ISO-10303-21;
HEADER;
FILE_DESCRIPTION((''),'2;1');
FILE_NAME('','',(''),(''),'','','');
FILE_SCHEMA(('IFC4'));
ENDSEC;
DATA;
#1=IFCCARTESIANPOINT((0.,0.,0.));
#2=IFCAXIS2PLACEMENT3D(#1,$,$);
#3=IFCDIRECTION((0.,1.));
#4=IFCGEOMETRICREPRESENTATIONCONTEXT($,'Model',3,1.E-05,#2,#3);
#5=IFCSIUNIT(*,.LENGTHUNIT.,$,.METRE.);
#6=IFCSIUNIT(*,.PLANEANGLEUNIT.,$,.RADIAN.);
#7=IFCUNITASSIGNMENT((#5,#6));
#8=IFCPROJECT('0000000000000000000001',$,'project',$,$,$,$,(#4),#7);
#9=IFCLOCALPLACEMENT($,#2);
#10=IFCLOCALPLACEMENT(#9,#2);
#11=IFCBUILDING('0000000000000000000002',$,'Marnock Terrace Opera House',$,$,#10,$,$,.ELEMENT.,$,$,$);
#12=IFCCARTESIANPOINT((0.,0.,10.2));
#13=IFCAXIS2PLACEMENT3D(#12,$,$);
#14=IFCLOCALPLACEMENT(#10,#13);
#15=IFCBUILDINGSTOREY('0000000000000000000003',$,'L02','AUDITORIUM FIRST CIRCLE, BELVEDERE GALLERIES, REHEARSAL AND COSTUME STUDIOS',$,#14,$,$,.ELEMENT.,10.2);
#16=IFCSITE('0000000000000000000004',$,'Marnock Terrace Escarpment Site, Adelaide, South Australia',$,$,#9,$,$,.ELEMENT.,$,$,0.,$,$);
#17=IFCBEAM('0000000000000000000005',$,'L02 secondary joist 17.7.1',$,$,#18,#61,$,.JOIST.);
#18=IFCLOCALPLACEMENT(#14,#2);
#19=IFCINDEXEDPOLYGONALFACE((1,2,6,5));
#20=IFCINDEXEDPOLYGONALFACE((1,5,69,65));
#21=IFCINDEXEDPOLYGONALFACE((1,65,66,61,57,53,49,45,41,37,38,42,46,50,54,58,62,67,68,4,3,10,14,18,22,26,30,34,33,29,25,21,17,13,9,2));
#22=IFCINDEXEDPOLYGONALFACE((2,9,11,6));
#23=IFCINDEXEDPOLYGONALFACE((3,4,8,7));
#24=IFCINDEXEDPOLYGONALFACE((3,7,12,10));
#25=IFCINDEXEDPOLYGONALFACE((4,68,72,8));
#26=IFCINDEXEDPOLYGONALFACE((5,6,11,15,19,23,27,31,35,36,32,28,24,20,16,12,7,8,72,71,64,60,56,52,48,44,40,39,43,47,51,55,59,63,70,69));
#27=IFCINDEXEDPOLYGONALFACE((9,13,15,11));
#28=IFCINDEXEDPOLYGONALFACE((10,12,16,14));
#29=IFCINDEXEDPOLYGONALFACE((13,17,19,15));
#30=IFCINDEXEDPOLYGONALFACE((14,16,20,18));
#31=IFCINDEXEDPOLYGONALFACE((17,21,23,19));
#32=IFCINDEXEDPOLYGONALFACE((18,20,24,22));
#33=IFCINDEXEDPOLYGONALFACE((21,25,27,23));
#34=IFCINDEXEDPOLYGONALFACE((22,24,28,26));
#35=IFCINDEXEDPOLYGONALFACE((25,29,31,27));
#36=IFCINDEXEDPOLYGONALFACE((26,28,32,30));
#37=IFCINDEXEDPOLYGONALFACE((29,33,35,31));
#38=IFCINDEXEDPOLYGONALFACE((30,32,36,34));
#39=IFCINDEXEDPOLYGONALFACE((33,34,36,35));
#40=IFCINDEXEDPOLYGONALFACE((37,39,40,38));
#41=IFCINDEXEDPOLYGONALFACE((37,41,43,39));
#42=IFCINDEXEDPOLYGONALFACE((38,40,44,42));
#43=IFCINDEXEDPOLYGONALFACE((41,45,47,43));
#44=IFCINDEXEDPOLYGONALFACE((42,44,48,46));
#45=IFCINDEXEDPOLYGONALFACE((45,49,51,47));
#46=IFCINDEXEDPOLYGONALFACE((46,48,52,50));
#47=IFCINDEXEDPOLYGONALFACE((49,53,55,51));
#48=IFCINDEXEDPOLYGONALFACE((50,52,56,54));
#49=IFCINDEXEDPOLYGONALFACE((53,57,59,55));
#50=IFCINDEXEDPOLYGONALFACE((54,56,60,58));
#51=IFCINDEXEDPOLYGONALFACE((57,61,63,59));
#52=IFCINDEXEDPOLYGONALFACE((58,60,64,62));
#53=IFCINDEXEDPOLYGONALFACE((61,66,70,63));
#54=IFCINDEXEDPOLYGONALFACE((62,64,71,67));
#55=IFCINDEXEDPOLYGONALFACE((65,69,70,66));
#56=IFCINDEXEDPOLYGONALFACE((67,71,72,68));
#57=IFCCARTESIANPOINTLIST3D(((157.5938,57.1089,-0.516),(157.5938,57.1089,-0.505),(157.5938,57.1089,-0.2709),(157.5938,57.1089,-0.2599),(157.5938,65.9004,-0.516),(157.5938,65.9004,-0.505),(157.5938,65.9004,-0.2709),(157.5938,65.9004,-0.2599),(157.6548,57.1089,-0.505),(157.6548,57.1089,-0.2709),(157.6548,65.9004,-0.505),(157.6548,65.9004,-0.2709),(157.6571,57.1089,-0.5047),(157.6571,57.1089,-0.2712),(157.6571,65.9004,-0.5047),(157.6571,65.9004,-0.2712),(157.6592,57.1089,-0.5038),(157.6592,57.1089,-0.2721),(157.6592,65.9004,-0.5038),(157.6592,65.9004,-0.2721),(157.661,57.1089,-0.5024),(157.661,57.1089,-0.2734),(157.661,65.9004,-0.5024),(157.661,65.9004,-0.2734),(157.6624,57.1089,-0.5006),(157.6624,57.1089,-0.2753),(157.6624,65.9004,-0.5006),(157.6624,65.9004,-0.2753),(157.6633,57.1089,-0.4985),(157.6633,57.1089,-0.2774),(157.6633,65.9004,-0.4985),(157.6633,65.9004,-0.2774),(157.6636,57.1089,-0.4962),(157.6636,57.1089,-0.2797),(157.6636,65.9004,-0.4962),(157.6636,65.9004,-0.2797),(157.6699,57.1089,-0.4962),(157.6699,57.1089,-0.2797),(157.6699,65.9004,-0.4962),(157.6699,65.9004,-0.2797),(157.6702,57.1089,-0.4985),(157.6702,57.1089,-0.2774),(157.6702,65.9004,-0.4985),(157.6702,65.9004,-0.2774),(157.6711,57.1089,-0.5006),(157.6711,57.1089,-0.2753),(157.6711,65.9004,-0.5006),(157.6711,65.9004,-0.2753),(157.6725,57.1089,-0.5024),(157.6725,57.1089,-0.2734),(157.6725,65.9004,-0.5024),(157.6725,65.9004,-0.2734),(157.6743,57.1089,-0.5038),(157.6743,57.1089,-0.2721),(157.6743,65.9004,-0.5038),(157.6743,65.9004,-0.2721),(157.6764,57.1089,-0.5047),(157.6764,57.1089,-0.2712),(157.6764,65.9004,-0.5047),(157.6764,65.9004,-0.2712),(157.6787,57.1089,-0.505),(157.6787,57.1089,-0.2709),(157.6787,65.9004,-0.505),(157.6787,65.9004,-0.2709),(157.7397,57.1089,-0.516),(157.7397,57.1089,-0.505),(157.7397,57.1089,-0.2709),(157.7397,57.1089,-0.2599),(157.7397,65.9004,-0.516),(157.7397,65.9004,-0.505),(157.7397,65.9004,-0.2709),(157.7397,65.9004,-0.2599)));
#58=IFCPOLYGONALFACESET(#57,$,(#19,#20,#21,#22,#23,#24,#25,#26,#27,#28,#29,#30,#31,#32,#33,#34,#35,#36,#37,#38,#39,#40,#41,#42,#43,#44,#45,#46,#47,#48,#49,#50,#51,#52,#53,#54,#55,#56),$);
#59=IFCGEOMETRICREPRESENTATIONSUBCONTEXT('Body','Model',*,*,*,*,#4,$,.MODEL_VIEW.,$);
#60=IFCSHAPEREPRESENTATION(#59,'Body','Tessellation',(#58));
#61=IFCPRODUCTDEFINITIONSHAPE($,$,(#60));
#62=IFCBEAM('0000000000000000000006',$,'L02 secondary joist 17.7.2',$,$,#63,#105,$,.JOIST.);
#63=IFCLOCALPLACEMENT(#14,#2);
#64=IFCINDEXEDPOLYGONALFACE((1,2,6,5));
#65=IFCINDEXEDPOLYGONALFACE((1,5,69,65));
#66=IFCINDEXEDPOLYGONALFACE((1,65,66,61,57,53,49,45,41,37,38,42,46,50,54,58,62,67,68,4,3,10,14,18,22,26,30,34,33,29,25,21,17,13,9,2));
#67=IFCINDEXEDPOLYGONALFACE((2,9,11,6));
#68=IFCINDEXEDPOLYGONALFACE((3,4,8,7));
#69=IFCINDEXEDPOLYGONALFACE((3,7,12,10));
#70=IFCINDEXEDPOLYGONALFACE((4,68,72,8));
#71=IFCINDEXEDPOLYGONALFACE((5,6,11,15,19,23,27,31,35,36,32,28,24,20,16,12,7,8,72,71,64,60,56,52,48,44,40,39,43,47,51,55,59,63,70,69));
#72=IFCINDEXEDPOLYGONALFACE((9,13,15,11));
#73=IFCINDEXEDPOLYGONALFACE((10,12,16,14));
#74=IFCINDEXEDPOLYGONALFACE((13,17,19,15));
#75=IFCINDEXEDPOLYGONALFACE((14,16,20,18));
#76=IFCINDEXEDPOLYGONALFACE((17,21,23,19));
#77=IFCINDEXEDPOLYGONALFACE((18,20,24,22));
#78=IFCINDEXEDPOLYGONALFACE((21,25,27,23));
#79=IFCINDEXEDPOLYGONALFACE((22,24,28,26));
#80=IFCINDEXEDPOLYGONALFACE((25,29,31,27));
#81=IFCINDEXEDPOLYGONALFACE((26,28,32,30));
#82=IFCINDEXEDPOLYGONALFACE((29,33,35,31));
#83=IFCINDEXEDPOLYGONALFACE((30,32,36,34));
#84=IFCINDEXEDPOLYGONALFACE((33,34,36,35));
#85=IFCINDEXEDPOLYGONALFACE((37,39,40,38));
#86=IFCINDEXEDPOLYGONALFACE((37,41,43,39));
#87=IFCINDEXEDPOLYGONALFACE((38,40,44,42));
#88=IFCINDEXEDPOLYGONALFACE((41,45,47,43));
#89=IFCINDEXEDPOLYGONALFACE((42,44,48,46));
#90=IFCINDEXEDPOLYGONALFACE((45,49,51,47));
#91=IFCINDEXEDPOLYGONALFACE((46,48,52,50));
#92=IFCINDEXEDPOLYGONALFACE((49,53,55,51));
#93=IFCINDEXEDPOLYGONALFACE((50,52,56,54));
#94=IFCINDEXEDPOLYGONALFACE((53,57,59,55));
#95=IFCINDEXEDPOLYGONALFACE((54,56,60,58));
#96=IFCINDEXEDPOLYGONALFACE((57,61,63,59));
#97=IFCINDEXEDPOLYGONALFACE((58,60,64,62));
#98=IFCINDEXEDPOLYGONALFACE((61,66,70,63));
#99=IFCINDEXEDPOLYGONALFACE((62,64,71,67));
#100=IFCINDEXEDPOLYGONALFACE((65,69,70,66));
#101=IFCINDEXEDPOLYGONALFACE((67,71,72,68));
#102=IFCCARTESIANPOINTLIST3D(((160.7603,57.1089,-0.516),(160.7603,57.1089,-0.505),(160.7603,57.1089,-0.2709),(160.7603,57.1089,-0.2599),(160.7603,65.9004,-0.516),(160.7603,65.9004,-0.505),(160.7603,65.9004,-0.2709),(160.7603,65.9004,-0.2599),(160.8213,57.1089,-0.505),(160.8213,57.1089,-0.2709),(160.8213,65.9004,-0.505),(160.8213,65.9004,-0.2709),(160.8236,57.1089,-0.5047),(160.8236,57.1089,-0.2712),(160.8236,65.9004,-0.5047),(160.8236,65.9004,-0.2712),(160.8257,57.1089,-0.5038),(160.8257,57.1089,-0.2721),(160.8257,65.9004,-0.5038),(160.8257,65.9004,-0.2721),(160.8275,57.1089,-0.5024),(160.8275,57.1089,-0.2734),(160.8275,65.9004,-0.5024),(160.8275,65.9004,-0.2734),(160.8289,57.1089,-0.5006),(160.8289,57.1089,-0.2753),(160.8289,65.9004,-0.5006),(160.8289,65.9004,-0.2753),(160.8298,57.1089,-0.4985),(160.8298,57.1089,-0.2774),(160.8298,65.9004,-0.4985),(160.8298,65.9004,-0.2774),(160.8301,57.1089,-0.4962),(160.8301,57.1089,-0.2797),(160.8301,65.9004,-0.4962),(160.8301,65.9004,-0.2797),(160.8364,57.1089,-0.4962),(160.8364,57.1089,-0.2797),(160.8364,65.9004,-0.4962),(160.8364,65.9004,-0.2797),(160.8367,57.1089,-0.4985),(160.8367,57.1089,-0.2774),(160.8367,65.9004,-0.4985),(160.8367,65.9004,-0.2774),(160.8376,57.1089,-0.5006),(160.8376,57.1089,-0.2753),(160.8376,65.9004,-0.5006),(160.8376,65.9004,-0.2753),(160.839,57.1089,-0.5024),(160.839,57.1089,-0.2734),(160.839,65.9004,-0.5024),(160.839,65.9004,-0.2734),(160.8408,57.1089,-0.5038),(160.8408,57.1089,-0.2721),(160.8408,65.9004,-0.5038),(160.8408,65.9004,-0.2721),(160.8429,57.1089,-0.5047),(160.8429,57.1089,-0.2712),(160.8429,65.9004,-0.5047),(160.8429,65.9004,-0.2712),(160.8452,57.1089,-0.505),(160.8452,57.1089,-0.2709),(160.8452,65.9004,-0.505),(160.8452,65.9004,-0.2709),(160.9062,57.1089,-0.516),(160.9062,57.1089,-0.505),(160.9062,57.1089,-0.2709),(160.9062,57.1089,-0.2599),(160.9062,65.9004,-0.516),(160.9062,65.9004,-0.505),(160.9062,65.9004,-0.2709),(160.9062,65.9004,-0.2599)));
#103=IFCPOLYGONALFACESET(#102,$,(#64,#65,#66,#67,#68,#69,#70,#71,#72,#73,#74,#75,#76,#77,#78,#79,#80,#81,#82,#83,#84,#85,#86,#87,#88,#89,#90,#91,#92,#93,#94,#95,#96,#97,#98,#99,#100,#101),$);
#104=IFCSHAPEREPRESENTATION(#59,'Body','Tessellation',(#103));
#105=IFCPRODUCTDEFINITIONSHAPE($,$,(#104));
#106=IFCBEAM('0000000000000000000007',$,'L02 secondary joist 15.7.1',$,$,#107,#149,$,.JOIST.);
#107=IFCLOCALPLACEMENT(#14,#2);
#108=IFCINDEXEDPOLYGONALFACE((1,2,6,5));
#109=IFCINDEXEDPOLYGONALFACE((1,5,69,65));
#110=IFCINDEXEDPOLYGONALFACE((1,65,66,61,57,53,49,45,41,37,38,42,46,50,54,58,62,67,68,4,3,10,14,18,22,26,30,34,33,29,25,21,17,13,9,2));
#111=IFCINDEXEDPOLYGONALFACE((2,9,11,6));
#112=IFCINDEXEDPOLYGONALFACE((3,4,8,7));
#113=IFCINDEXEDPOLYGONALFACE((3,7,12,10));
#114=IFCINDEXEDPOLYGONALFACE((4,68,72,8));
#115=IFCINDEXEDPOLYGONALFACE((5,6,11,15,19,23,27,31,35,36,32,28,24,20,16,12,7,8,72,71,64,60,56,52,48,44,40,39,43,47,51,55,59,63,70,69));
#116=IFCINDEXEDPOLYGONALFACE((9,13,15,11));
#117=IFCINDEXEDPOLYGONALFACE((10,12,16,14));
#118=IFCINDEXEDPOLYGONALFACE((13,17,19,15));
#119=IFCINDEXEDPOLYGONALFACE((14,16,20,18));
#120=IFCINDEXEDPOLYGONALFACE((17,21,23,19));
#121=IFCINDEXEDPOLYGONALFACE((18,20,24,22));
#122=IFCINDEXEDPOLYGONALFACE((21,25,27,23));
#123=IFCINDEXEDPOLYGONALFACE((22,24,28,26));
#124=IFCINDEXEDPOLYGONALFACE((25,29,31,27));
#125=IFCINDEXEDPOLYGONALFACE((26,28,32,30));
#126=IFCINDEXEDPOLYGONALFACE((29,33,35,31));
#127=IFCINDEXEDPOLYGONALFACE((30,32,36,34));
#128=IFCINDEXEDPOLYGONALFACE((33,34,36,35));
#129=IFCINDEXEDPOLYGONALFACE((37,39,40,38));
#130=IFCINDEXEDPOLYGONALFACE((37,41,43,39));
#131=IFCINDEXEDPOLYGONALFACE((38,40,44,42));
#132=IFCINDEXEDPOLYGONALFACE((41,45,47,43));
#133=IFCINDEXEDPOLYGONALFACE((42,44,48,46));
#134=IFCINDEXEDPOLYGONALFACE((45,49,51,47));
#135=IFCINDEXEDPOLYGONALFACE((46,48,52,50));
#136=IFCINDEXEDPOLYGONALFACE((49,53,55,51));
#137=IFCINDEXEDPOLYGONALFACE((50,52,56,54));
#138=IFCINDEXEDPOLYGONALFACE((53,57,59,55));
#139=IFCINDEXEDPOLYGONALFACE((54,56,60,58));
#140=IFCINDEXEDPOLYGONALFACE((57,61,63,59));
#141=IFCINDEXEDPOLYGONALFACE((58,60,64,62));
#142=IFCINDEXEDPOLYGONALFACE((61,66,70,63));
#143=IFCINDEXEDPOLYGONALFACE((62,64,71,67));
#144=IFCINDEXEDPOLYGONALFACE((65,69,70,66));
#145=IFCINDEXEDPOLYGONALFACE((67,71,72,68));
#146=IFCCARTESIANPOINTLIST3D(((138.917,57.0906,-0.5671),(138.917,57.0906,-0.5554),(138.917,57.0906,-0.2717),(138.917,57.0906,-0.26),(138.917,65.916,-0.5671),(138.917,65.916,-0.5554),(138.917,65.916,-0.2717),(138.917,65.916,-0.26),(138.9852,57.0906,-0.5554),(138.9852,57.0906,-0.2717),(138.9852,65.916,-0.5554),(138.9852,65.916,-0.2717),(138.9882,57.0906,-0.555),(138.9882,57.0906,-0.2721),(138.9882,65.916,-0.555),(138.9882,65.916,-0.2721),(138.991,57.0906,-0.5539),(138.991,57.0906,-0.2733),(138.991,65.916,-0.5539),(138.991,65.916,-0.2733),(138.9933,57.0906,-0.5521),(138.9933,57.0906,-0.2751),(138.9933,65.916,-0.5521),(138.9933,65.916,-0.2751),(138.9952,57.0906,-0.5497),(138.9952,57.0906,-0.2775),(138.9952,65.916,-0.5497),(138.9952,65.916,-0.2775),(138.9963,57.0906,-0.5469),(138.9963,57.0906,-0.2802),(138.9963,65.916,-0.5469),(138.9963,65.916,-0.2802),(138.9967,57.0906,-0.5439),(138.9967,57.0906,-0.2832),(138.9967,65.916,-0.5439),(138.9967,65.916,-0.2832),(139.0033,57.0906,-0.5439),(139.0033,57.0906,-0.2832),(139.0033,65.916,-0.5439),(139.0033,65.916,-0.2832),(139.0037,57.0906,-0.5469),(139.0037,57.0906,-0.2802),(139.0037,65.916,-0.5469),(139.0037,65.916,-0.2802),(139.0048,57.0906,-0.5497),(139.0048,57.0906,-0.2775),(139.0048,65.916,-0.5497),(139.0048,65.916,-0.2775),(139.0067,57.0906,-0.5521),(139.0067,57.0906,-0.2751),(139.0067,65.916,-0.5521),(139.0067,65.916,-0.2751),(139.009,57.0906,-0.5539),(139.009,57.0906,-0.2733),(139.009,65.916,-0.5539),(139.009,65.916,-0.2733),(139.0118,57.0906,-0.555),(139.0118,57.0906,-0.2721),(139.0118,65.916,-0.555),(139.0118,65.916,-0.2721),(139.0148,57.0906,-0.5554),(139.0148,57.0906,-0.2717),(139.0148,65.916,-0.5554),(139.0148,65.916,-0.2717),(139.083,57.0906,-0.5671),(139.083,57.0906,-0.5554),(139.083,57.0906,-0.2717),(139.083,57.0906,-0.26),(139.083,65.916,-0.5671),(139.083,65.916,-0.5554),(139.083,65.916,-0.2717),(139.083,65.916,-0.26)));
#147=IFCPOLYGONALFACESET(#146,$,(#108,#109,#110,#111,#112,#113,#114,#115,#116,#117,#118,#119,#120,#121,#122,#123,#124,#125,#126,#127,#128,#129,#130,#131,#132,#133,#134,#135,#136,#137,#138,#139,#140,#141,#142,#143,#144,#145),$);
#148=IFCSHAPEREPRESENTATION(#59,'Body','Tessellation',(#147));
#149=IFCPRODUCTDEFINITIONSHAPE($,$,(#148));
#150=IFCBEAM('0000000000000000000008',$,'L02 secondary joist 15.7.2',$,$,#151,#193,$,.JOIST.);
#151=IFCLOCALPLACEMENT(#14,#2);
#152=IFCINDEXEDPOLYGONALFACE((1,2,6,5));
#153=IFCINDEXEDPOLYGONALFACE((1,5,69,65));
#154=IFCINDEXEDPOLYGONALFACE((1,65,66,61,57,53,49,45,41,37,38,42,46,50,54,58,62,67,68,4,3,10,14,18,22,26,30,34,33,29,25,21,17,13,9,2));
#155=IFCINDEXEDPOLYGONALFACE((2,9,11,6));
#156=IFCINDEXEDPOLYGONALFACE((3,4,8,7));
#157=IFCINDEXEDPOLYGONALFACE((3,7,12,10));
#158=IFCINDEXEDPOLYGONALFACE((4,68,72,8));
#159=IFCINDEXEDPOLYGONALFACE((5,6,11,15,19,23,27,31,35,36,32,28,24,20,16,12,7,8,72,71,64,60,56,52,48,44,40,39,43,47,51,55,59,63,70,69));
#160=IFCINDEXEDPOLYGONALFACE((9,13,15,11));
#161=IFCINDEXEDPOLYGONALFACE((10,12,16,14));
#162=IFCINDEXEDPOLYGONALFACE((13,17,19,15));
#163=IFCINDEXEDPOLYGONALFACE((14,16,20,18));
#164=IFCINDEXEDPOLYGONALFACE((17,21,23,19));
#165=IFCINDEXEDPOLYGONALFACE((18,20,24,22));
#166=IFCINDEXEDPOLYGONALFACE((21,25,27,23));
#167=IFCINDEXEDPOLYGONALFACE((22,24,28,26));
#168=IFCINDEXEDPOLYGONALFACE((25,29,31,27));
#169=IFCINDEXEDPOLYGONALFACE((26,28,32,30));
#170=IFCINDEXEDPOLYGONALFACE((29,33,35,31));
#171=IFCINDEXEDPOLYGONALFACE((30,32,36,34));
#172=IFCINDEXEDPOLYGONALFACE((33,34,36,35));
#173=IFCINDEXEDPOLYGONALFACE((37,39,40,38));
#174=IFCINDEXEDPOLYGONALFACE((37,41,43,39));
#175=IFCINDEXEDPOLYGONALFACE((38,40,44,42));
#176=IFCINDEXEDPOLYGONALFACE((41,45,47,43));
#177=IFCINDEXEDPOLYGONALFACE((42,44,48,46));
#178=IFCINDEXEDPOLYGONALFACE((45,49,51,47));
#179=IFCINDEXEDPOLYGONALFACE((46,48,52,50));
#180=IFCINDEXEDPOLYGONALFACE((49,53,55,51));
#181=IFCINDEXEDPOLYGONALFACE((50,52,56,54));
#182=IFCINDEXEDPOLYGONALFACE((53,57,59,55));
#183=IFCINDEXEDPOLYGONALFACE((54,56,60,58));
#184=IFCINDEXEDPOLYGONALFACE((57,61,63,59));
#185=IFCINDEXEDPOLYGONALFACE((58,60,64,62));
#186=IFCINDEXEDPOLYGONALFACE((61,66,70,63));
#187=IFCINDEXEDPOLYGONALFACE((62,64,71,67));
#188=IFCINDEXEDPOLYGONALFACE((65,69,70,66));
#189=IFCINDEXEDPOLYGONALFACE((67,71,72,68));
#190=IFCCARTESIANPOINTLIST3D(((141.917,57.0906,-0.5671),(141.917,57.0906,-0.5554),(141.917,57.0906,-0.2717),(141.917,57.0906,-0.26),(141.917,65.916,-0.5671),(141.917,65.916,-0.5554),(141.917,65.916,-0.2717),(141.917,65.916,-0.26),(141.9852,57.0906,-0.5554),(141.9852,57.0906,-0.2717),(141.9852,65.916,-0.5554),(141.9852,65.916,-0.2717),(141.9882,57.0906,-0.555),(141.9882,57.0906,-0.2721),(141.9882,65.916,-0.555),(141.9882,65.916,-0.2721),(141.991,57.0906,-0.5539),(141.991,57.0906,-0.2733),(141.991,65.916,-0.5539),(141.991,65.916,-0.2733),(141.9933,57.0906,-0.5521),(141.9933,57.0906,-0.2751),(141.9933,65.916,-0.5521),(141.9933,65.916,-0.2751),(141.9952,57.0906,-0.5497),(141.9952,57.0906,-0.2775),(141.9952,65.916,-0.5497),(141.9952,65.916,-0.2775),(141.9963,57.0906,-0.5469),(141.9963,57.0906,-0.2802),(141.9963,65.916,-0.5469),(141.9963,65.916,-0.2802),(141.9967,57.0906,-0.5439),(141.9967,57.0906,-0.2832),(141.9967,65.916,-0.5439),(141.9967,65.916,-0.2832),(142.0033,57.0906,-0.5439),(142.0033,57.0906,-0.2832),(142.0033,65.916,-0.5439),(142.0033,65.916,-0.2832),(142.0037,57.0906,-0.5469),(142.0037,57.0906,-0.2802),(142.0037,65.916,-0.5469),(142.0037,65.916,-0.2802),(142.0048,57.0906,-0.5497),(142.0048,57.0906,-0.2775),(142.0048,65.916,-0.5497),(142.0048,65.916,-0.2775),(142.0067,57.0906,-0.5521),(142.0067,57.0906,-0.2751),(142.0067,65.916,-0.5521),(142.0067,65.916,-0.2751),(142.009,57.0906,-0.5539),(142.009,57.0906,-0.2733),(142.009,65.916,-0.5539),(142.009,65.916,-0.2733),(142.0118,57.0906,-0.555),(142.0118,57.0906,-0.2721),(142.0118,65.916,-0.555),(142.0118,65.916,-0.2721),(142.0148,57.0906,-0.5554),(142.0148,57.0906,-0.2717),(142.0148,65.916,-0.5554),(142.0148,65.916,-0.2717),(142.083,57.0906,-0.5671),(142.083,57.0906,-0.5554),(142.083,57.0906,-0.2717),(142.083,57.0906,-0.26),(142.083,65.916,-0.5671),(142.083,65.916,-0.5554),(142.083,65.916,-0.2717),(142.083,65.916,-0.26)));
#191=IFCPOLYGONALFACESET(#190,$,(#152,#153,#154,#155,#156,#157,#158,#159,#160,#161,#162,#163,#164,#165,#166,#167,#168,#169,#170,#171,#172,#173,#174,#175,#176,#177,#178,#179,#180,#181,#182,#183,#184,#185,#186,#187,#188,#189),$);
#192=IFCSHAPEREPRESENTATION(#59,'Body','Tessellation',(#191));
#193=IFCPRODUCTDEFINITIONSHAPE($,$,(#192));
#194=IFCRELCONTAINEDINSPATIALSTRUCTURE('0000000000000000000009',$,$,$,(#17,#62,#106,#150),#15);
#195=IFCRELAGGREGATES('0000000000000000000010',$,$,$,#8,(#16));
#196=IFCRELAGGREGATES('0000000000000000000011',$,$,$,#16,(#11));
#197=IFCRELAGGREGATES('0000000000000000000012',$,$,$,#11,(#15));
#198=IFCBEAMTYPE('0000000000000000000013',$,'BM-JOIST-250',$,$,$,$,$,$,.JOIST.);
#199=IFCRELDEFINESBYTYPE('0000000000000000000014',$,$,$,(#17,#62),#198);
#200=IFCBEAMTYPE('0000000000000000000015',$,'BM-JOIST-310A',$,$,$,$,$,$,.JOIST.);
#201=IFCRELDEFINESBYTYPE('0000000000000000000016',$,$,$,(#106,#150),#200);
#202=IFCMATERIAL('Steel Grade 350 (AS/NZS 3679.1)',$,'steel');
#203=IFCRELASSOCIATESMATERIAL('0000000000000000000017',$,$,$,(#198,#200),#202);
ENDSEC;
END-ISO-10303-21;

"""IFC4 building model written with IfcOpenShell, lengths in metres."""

from ifc_helpers import new_model, si_unit, direction, frame, origin, origin_2d, place, context, subcontext, project, spatial, i_section, extrude, material, material_profile, profile_set, type_object, element, save


model = new_model("IFC4")

# Units and contexts
model_context = context("Model", 3, precision=1e-05, world=origin(), true_north=direction((0.0, 1.0)))
body_context = subcontext(model_context, "Body", "Model", "MODEL_VIEW")
ifc_project = project(units=[si_unit("LENGTHUNIT", "METRE"), si_unit("PLANEANGLEUNIT", "RADIAN")], contexts=[model_context])

# Site, building, storey
site_placement = place(None, origin())
site = spatial("IfcSite", under=ifc_project, at=site_placement, Name="Marnock Terrace Escarpment Site, Adelaide, South Australia", CompositionType="ELEMENT", RefElevation=0.0)
building_placement = place(site_placement, origin())
building = spatial("IfcBuilding", under=site, at=building_placement, Name="Marnock Terrace Opera House", CompositionType="ELEMENT")
storey_placement = place(building_placement, frame((0.0, 0.0, 10.2)))
storey = spatial("IfcBuildingStorey", under=building, at=storey_placement, Name="L02", Description="AUDITORIUM FIRST CIRCLE, BELVEDERE GALLERIES, REHEARSAL AND COSTUME STUDIOS", CompositionType="ELEMENT", Elevation=10.2)

# Beams
ifc_material_1 = material(Name="Steel Grade 350 (AS/NZS 3679.1)", Category="steel")
ifc_material_profile_1 = material_profile(ifc_material_1, i_section(OverallWidth=0.146, OverallDepth=0.2561, WebThickness=0.0063, FlangeThickness=0.011, FilletRadius=0.0088, at=origin_2d()))
ifc_profile_set_1 = profile_set([ifc_material_profile_1], Name="Steel Grade 350 (AS/NZS 3679.1)")
beam_type_1 = type_object("IfcBeamType", Name="BM-JOIST-250", PredefinedType="JOIST", material=ifc_profile_set_1)
for number, where, z_axis, x_axis, name in (
    (1, (157.6667, 57.1089, -0.3879), (0.0, 1.0, 0.0), (-1.0, 0.0, 0.0), "L02 secondary joist 17.7.1"),
    (2, (160.8333, 57.1089, -0.3879), (0.0, 1.0, 0.0), (-1.0, 0.0, 0.0), "L02 secondary joist 17.7.2"),
):
    element("IfcBeam", number, at=place(storey_placement, frame(where, z_axis=z_axis, x_axis=x_axis)), inside=storey, type_object=beam_type_1, Name=name, PredefinedType="JOIST", context=body_context, shape_type="SweptSolid", body=[
        extrude(i_section(OverallWidth=0.146, OverallDepth=0.2561, WebThickness=0.0063, FlangeThickness=0.011, FilletRadius=0.0088, at=origin_2d()), origin(), (0.0, 0.0, 1.0), 8.7915),
    ])
ifc_material_profile_2 = material_profile(ifc_material_1, i_section(OverallWidth=0.166, OverallDepth=0.3071, WebThickness=0.0066, FlangeThickness=0.0117, FilletRadius=0.0115, at=origin_2d()))
ifc_profile_set_2 = profile_set([ifc_material_profile_2], Name="Steel Grade 350 (AS/NZS 3679.1)")
beam_type_2 = type_object("IfcBeamType", Name="BM-JOIST-310A", PredefinedType="JOIST", material=ifc_profile_set_2)
for number, where, z_axis, x_axis, name in (
    (3, (139.0, 57.0906, -0.4136), (0.0, 1.0, 0.0), (-1.0, 0.0, 0.0), "L02 secondary joist 15.7.1"),
    (4, (142.0, 57.0906, -0.4136), (0.0, 1.0, 0.0), (-1.0, 0.0, 0.0), "L02 secondary joist 15.7.2"),
):
    element("IfcBeam", number, at=place(storey_placement, frame(where, z_axis=z_axis, x_axis=x_axis)), inside=storey, type_object=beam_type_2, Name=name, PredefinedType="JOIST", context=body_context, shape_type="SweptSolid", body=[
        extrude(i_section(OverallWidth=0.166, OverallDepth=0.3071, WebThickness=0.0066, FlangeThickness=0.0117, FilletRadius=0.0115, at=origin_2d()), origin(), (0.0, 0.0, 1.0), 8.8254),
    ])

save(model, "model.ifc")
